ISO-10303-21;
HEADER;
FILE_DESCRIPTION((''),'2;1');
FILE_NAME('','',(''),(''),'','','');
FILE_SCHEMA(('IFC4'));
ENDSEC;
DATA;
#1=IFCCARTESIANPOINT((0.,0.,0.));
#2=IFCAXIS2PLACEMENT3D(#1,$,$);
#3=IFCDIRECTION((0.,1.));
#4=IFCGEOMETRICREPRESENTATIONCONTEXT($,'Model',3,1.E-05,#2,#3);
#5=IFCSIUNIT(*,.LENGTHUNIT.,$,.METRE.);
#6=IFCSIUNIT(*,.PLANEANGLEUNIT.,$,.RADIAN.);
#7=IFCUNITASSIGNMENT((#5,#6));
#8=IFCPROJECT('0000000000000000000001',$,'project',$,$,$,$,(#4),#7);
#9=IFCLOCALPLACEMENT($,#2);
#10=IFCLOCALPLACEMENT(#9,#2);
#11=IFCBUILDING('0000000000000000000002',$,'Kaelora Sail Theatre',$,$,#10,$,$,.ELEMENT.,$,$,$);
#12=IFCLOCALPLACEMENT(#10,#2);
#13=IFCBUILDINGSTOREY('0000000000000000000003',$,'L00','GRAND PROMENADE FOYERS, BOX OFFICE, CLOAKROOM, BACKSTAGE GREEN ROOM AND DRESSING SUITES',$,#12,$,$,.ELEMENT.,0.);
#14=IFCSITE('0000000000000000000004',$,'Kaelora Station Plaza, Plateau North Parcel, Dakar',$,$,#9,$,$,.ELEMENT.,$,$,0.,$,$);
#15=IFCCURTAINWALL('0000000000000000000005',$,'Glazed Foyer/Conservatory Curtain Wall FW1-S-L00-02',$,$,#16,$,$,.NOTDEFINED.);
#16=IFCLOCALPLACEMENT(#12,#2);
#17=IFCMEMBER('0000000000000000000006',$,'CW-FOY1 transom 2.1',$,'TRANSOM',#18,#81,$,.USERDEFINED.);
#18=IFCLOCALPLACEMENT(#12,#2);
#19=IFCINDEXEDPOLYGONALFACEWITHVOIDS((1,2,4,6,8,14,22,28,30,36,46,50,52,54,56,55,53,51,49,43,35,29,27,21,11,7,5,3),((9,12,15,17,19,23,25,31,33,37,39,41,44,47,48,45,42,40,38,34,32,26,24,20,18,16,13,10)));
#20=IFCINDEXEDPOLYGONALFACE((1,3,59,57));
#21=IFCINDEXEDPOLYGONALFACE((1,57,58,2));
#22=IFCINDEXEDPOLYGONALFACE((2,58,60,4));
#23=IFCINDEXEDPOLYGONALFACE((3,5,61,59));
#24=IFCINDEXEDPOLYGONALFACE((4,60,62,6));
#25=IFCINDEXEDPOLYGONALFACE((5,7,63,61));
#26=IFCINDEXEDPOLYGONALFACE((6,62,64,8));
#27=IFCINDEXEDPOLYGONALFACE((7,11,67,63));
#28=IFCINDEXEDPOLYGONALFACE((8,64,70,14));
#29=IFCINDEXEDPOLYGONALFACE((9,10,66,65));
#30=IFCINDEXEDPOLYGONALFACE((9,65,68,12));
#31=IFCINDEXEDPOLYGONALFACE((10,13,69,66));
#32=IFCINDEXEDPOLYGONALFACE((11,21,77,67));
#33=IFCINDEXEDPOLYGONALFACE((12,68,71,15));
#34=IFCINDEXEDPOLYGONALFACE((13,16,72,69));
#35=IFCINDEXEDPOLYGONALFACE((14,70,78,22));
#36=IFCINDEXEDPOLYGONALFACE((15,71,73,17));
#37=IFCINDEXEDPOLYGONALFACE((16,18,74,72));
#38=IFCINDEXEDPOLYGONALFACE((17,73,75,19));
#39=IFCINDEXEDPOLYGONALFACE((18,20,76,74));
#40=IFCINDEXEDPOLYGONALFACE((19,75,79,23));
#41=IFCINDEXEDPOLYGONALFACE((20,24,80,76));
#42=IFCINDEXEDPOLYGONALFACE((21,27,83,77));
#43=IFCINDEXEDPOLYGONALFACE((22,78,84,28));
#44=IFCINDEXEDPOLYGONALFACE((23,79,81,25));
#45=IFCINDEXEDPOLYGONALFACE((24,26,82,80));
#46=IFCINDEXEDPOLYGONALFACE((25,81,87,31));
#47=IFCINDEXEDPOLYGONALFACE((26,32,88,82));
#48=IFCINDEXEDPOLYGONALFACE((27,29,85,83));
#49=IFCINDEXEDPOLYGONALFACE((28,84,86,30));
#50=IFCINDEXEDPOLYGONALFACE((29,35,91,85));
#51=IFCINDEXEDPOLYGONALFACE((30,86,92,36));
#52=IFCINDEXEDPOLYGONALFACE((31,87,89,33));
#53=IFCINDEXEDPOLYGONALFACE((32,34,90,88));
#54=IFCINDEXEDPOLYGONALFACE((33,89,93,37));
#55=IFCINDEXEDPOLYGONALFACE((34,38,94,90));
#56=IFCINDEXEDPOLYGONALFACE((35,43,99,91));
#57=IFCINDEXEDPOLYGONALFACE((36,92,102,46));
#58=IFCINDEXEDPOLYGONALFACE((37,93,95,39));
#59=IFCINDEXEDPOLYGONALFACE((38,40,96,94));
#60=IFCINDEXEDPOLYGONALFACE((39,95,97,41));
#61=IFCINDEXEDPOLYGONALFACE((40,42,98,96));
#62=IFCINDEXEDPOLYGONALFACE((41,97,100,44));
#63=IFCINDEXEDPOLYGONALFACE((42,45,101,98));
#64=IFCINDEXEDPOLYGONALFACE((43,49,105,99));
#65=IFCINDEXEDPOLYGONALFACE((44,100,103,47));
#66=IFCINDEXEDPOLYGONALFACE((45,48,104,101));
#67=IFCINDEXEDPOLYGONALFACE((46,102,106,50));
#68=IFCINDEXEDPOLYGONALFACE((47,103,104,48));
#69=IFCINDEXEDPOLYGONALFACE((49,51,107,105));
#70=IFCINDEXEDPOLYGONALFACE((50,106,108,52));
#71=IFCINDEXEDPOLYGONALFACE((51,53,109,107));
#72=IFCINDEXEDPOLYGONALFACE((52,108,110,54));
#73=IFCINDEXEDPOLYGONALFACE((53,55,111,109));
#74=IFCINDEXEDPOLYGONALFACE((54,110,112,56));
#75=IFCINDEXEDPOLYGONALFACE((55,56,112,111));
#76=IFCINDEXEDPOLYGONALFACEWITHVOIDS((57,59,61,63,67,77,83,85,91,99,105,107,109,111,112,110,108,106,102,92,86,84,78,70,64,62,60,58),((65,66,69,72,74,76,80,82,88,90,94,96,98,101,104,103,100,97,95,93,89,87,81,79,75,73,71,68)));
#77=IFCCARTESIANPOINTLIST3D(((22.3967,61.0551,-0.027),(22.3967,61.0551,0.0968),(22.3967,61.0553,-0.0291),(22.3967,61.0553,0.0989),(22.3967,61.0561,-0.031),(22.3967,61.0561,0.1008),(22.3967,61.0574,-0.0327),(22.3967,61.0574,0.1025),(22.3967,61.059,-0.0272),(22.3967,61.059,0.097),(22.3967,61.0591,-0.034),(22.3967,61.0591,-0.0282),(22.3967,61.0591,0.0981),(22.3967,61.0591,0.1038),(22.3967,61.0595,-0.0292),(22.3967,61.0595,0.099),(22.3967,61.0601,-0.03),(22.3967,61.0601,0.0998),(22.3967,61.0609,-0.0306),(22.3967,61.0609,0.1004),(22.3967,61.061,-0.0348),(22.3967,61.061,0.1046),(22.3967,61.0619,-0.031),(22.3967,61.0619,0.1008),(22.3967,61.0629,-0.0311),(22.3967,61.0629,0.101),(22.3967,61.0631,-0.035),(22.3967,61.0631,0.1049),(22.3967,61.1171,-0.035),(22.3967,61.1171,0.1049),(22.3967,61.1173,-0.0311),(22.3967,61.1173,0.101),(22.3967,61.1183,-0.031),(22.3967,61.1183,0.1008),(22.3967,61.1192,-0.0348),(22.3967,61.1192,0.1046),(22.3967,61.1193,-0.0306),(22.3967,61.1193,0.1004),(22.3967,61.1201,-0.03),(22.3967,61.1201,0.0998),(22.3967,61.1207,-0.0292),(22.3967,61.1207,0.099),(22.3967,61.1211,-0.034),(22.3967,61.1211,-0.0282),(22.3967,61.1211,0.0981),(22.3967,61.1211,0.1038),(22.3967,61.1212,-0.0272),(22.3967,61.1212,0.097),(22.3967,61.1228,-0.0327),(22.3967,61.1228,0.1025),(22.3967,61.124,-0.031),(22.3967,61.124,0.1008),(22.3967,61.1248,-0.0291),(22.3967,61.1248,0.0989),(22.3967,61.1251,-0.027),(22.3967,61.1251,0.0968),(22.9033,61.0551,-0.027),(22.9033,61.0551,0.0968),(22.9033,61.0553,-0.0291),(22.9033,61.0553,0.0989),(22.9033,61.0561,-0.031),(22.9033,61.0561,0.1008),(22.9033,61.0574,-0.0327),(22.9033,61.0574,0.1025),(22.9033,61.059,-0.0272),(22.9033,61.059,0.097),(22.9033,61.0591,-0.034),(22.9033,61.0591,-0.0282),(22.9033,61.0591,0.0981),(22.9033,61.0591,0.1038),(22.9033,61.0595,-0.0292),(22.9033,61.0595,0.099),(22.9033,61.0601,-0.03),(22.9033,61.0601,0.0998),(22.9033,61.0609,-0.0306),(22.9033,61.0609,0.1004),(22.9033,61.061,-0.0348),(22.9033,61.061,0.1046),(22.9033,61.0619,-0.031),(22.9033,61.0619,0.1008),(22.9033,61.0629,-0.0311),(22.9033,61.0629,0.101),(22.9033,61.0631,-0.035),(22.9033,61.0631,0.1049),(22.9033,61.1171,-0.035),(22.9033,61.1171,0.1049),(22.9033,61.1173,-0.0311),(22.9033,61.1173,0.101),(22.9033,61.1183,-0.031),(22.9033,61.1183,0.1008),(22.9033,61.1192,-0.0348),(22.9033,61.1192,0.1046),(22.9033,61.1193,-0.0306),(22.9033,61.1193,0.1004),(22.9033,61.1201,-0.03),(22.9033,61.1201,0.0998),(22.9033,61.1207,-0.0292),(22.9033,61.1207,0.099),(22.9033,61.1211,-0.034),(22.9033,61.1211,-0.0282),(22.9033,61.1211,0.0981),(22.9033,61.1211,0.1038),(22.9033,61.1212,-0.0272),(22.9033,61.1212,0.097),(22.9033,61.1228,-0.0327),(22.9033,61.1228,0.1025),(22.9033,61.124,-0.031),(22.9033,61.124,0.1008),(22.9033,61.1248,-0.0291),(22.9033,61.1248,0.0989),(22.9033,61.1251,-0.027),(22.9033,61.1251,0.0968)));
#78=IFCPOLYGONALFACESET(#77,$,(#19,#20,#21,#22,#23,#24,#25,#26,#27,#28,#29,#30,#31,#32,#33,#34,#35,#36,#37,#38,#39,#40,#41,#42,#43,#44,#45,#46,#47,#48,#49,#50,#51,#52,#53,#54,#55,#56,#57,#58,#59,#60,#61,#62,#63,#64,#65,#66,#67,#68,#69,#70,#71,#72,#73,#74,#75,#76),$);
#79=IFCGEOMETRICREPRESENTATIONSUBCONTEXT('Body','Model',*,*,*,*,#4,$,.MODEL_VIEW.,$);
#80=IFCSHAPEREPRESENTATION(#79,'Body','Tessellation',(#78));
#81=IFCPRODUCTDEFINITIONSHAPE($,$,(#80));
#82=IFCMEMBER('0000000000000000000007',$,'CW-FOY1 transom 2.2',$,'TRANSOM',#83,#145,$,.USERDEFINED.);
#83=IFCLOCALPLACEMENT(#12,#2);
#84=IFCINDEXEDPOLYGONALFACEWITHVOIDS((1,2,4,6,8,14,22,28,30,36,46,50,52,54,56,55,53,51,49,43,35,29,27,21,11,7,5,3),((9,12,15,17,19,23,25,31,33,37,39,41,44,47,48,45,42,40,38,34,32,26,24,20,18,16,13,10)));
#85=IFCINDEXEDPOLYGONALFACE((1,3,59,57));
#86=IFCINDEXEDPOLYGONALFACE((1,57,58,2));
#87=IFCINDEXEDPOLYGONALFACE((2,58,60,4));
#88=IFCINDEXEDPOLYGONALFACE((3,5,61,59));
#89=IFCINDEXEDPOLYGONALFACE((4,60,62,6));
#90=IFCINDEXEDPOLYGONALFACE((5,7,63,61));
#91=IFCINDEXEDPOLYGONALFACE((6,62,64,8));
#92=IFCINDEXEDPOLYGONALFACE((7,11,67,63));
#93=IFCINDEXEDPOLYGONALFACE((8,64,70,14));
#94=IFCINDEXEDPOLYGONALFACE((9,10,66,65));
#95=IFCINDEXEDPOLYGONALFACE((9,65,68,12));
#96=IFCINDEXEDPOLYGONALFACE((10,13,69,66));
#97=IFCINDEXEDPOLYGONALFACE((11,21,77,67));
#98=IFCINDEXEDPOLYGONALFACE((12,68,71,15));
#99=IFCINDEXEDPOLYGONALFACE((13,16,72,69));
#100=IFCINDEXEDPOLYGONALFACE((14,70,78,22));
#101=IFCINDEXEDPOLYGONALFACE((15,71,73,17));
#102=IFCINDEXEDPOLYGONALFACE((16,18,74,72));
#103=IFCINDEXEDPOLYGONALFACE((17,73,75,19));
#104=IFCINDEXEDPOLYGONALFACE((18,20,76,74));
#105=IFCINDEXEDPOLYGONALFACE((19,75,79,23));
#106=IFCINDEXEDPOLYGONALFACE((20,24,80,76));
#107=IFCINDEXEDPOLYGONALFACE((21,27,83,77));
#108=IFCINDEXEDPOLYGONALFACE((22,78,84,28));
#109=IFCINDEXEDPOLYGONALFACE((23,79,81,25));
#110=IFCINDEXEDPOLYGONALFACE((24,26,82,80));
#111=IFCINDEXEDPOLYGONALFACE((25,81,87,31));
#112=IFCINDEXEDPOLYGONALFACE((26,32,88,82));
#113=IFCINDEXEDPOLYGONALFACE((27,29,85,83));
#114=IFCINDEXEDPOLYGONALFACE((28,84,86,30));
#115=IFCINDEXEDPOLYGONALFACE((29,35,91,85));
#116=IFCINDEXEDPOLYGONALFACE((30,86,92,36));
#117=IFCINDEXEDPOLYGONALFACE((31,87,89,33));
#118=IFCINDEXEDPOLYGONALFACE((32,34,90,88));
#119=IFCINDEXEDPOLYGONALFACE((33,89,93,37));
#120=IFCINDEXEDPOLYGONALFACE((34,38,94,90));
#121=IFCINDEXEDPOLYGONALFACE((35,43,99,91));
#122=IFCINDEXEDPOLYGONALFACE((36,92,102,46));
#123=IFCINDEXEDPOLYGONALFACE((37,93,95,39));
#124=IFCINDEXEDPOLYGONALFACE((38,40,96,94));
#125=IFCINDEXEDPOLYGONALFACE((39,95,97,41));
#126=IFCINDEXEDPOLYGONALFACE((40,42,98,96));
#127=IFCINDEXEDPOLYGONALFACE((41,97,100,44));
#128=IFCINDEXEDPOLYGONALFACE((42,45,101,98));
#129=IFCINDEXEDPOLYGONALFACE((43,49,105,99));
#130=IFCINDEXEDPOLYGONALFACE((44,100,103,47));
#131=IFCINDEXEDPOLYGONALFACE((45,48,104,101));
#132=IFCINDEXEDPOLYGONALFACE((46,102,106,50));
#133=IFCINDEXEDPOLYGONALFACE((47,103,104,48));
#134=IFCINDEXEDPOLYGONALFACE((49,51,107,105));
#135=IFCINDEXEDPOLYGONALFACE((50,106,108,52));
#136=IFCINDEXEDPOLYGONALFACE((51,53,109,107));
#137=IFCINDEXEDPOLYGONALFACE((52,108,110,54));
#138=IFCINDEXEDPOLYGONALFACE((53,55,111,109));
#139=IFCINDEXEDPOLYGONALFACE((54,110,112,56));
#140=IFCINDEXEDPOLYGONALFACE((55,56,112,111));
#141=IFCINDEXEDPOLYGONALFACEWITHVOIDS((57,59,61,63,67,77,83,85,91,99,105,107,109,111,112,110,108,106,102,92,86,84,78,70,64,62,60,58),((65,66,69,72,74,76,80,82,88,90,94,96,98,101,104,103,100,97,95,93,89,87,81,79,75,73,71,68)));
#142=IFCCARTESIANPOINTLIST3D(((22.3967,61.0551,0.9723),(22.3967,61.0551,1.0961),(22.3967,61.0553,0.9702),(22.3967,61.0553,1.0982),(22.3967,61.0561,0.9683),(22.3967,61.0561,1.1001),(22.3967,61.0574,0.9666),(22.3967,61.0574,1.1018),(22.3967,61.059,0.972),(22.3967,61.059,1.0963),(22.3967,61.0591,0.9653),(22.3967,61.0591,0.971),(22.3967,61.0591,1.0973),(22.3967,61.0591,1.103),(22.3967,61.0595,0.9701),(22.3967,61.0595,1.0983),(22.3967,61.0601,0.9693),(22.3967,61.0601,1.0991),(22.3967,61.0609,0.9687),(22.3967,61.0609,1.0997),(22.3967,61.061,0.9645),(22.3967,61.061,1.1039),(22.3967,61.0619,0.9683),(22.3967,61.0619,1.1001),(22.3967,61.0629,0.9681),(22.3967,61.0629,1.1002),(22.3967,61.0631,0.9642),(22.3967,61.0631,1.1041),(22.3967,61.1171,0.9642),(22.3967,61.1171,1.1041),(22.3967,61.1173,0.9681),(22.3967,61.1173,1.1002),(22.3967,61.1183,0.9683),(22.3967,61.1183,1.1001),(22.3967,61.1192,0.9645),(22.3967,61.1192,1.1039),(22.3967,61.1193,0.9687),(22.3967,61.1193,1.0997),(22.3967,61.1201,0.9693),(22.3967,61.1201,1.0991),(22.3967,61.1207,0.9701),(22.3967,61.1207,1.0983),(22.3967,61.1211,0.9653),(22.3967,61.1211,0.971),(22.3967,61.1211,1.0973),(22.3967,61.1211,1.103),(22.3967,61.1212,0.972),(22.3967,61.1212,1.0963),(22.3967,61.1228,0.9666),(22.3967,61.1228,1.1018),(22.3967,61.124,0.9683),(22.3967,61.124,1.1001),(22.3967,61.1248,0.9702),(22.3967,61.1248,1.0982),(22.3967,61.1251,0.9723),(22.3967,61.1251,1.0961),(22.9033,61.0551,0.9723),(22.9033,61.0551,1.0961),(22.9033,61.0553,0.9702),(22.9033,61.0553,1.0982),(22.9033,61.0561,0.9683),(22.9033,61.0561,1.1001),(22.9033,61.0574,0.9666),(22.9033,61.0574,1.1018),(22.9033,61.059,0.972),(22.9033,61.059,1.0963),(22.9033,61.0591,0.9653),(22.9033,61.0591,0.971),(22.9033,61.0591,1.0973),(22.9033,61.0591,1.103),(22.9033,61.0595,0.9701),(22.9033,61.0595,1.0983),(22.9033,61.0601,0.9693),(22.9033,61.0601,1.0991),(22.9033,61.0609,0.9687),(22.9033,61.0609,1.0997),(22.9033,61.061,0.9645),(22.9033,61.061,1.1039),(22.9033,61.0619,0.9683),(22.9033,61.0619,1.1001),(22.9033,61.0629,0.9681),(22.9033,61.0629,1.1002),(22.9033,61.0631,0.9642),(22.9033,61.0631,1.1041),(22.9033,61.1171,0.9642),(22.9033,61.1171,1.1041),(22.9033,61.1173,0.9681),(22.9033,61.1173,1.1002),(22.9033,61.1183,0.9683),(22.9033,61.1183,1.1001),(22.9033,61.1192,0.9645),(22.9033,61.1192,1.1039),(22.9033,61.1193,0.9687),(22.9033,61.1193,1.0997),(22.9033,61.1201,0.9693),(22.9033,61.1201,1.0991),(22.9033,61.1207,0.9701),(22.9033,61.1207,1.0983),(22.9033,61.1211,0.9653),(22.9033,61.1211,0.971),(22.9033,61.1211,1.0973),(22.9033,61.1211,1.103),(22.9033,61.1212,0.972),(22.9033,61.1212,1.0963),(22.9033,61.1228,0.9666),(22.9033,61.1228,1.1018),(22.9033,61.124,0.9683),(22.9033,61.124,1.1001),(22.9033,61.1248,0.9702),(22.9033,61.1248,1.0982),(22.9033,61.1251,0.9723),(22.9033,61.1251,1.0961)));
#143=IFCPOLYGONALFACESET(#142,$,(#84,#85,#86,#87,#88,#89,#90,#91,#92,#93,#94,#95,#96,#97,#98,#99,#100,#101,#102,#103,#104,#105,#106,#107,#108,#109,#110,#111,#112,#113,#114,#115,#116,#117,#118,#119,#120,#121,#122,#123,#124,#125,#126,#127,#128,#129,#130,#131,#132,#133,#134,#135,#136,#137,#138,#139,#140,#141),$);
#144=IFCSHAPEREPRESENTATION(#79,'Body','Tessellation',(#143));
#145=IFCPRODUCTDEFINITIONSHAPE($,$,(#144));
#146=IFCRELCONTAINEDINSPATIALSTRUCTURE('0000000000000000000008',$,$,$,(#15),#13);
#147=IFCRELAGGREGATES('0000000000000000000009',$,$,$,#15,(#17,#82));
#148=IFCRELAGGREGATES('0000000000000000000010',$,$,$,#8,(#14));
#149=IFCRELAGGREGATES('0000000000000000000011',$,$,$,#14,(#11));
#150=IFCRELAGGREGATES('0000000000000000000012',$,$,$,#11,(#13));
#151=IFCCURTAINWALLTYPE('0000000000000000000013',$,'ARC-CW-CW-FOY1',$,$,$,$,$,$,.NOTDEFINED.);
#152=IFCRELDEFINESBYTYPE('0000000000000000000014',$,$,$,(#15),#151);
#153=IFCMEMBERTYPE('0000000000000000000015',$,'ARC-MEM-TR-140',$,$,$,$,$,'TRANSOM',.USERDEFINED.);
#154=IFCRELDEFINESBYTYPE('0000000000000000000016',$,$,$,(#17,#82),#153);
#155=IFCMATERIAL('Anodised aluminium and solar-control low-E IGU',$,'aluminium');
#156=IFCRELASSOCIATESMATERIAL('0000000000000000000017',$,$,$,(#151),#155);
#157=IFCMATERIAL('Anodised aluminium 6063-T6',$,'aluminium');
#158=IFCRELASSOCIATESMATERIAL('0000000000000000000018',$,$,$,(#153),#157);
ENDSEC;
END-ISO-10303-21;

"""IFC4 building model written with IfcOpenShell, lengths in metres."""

from ifc_helpers import new_model, si_unit, direction, frame, origin, origin_2d, place, context, subcontext, project, spatial, hollow_rectangle, extrude, material, material_profile, profile_set, type_object, element, aggregate, save


model = new_model("IFC4")

# Units and contexts
model_context = context("Model", 3, precision=1e-05, world=origin(), true_north=direction((0.0, 1.0)))
body_context = subcontext(model_context, "Body", "Model", "MODEL_VIEW")
ifc_project = project(units=[si_unit("LENGTHUNIT", "METRE"), si_unit("PLANEANGLEUNIT", "RADIAN")], contexts=[model_context])

# Site, building, storey
site_placement = place(None, origin())
site = spatial("IfcSite", under=ifc_project, at=site_placement, Name="Kaelora Station Plaza, Plateau North Parcel, Dakar", CompositionType="ELEMENT", RefElevation=0.0)
building_placement = place(site_placement, origin())
building = spatial("IfcBuilding", under=site, at=building_placement, Name="Kaelora Sail Theatre", CompositionType="ELEMENT")
storey_placement = place(building_placement, origin())
storey = spatial("IfcBuildingStorey", under=building, at=storey_placement, Name="L00", Description="GRAND PROMENADE FOYERS, BOX OFFICE, CLOAKROOM, BACKSTAGE GREEN ROOM AND DRESSING SUITES", CompositionType="ELEMENT", Elevation=0.0)

# Curtain wall, members
ifc_material_1 = material(Name="Anodised aluminium and solar-control low-E IGU", Category="aluminium")
curtain_wall_type = type_object("IfcCurtainWallType", Name="ARC-CW-CW-FOY1", PredefinedType="NOTDEFINED", material=ifc_material_1)
curtain_wall_placement = place(storey_placement, origin())
curtain_wall = element("IfcCurtainWall", 1, at=curtain_wall_placement, inside=storey, type_object=curtain_wall_type, Name="Glazed Foyer/Conservatory Curtain Wall FW1-S-L00-02", PredefinedType="NOTDEFINED")
ifc_material_2 = material(Name="Anodised aluminium 6063-T6", Category="aluminium")
ifc_material_profile_1 = material_profile(ifc_material_2, hollow_rectangle(XDim=0.0701, YDim=0.1399, WallThickness=0.0039, InnerFilletRadius=0.0039, OuterFilletRadius=0.0081, at=origin_2d()), Name="ALU-TRAN 70x140x4")
ifc_profile_set_1 = profile_set([ifc_material_profile_1], Name="Anodised aluminium 6063-T6")
member_type_1 = type_object("IfcMemberType", Name="ARC-MEM-TR-140", ElementType="TRANSOM", PredefinedType="USERDEFINED", material=ifc_profile_set_1)
member_1_placement = place(storey_placement, frame((22.3967, 61.0901, 0.0349), z_axis=(1.0, 0.0, 0.0), x_axis=(0.0, 1.0, 0.0)))
member_1 = element("IfcMember", 2, at=member_1_placement, type_object=member_type_1, Name="CW-FOY1 transom 2.1", ObjectType="TRANSOM", PredefinedType="USERDEFINED", context=body_context, shape_type="SweptSolid", body=[
    extrude(hollow_rectangle(XDim=0.0701, YDim=0.1399, WallThickness=0.0039, InnerFilletRadius=0.0039, OuterFilletRadius=0.0081, at=origin_2d()), origin(), (0.0, 0.0, 1.0), 0.5066),
])
member_2_placement = place(storey_placement, frame((22.3967, 61.0901, 1.0342), z_axis=(1.0, 0.0, 0.0), x_axis=(0.0, 1.0, 0.0)))
member_2 = element("IfcMember", 3, at=member_2_placement, type_object=member_type_1, Name="CW-FOY1 transom 2.2", ObjectType="TRANSOM", PredefinedType="USERDEFINED", context=body_context, shape_type="SweptSolid", body=[
    extrude(hollow_rectangle(XDim=0.0701, YDim=0.1399, WallThickness=0.0039, InnerFilletRadius=0.0039, OuterFilletRadius=0.0081, at=origin_2d()), origin(), (0.0, 0.0, 1.0), 0.5066),
])
aggregate(curtain_wall, [member_1, member_2])

save(model, "model.ifc")
